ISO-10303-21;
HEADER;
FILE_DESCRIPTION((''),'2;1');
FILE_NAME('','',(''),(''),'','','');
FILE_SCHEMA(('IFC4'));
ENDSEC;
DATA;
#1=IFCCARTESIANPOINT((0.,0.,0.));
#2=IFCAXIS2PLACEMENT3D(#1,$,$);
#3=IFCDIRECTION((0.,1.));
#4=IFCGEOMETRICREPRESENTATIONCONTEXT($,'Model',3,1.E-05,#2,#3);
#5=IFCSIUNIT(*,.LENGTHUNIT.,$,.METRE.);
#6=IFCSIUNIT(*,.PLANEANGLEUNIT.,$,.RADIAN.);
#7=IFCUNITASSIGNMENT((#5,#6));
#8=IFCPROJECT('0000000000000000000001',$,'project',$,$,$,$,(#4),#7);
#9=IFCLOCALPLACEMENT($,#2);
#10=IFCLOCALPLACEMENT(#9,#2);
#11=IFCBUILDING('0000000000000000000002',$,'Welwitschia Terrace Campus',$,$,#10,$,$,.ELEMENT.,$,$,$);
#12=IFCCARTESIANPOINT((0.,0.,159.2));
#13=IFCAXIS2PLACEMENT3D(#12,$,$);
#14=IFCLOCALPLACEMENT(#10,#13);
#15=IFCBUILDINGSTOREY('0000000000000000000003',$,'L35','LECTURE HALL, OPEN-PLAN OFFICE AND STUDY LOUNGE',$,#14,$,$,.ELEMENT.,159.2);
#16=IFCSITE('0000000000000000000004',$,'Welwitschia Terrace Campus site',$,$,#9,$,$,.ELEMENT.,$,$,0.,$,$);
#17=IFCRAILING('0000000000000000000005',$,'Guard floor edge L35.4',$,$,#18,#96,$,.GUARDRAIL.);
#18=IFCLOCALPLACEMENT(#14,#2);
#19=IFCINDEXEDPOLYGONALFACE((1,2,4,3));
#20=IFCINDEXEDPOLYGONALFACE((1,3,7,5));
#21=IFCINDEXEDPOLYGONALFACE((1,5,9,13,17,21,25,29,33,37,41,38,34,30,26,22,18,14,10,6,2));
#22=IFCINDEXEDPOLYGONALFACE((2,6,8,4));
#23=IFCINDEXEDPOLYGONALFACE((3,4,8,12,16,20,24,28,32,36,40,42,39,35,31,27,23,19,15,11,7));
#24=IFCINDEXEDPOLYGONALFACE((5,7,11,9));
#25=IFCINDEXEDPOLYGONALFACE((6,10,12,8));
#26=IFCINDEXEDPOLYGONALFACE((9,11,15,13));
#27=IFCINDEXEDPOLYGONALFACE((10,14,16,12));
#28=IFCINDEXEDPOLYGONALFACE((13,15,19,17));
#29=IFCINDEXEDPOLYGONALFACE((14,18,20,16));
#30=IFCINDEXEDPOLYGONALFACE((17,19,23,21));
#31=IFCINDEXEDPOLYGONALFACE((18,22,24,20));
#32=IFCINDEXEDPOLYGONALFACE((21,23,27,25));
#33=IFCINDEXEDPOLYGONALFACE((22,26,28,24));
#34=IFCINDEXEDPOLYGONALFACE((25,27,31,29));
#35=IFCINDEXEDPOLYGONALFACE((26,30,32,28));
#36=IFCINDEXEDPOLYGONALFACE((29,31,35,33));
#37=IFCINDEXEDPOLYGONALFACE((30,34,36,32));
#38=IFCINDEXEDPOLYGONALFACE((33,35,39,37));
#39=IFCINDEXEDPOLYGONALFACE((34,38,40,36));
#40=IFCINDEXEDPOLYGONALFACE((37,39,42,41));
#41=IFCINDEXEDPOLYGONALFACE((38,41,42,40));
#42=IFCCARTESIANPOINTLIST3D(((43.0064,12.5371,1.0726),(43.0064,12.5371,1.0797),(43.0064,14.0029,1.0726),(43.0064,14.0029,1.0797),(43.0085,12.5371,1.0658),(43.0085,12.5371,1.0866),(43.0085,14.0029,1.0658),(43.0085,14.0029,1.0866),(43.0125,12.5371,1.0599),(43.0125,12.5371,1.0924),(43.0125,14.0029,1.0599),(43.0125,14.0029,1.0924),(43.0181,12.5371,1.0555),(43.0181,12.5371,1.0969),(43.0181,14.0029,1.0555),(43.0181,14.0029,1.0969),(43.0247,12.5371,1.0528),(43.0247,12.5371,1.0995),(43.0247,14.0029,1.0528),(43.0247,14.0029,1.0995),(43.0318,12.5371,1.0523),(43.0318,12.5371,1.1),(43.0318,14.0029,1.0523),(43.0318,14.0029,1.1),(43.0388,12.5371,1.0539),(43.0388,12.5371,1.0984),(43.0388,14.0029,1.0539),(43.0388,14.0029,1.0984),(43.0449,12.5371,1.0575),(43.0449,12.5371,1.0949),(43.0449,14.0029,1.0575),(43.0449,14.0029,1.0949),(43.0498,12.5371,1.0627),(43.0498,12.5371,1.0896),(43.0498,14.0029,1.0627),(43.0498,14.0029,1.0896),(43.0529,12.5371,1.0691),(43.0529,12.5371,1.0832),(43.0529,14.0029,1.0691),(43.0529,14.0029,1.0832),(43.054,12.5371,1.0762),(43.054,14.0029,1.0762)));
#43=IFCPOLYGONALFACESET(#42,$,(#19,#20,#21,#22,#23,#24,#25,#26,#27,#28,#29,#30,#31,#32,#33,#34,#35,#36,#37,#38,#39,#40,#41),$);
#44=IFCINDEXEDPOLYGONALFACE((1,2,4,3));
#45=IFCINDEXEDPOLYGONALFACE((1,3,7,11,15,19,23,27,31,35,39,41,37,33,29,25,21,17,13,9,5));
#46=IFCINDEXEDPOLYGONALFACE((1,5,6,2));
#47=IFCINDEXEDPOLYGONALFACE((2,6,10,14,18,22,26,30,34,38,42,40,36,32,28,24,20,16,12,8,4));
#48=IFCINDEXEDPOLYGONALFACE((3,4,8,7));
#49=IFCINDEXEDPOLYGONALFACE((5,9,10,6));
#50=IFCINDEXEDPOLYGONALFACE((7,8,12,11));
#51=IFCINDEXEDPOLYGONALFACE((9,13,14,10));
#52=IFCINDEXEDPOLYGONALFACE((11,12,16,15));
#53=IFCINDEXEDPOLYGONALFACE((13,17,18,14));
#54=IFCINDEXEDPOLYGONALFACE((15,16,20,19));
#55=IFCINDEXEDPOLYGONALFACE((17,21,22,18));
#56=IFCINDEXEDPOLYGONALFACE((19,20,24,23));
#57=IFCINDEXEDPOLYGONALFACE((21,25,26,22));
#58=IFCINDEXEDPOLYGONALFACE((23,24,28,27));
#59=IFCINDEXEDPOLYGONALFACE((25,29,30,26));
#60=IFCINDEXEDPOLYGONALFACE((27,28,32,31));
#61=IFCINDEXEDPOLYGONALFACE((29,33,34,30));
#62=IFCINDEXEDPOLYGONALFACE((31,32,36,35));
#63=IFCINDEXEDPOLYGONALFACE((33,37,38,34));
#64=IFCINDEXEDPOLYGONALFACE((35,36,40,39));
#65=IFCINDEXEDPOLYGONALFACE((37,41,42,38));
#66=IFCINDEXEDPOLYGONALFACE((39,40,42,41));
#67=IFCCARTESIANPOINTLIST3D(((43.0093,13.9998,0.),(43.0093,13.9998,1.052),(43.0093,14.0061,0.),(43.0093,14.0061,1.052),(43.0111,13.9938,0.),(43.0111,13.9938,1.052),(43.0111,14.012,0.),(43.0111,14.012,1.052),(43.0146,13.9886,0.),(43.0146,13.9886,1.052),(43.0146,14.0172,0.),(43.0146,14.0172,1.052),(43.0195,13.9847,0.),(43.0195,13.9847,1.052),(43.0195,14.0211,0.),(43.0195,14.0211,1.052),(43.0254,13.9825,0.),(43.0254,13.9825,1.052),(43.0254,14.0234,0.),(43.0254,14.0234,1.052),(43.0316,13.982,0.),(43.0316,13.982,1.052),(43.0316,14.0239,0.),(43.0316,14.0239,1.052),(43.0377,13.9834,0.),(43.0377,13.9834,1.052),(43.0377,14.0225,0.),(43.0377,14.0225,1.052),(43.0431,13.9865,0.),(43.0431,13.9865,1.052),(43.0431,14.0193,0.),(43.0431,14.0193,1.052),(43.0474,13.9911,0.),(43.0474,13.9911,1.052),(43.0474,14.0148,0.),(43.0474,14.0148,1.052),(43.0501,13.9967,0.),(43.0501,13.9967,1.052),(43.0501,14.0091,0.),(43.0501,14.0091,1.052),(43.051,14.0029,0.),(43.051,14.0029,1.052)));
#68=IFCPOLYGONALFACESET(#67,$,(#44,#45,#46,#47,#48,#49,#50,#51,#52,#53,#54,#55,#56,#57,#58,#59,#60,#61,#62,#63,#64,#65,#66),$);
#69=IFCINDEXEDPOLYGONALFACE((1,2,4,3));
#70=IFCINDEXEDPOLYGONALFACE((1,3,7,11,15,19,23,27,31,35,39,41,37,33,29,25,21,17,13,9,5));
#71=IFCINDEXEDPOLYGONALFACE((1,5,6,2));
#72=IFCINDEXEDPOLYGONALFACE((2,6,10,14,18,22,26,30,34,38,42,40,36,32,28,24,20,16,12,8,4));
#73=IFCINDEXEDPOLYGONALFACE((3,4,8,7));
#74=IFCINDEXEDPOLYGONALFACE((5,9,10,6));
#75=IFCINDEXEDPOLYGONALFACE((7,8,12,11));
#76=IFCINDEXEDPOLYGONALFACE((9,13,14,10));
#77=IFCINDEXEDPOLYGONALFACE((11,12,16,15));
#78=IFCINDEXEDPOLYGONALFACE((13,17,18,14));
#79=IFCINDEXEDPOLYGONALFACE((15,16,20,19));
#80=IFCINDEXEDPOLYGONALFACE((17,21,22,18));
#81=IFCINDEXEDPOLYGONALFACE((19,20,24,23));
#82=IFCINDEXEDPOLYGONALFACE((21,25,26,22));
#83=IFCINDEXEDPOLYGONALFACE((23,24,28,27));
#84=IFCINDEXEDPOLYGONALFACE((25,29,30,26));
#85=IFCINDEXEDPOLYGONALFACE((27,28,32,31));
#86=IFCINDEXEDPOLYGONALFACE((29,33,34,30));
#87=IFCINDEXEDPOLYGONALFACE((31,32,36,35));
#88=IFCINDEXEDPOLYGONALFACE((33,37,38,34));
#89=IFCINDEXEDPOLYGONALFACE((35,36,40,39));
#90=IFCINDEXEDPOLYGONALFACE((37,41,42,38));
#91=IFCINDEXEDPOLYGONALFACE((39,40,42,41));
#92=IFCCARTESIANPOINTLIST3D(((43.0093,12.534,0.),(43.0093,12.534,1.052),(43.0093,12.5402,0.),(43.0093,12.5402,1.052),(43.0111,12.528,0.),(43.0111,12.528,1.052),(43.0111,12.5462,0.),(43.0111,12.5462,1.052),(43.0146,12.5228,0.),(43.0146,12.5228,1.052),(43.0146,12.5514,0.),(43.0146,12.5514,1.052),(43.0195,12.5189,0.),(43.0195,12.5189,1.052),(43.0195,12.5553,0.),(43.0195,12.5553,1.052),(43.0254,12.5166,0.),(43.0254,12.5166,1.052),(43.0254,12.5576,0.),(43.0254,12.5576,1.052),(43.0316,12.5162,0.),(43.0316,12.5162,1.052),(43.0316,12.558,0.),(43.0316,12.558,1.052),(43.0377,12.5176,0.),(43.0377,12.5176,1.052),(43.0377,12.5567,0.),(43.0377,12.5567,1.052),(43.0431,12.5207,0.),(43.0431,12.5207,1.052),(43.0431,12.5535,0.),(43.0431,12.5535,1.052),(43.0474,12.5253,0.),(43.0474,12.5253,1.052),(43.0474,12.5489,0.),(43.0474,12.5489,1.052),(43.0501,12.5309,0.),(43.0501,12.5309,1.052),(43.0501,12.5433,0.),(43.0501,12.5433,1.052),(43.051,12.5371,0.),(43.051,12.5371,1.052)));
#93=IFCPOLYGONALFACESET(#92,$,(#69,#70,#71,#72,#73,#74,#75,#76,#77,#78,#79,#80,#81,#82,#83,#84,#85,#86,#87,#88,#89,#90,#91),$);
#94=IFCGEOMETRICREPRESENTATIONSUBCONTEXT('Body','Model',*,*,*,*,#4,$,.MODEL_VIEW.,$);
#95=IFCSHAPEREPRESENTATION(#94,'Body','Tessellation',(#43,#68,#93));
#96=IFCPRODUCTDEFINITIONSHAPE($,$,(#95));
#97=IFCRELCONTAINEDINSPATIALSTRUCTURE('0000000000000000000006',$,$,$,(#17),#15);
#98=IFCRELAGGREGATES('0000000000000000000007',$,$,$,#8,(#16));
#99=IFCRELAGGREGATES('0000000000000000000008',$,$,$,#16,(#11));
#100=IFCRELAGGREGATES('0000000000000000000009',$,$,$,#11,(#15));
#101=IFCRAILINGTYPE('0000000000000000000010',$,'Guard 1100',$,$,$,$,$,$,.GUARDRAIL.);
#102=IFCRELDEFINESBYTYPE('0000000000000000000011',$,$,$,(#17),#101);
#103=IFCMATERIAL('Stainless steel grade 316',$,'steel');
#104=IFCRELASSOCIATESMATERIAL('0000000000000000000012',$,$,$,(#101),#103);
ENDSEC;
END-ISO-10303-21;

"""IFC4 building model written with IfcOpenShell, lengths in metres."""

from ifc_helpers import new_model, si_unit, direction, frame, origin, origin_2d, place, context, subcontext, project, spatial, circle, extrude, material, type_object, element, save


model = new_model("IFC4")

# Units and contexts
model_context = context("Model", 3, precision=1e-05, world=origin(), true_north=direction((0.0, 1.0)))
body_context = subcontext(model_context, "Body", "Model", "MODEL_VIEW")
ifc_project = project(units=[si_unit("LENGTHUNIT", "METRE"), si_unit("PLANEANGLEUNIT", "RADIAN")], contexts=[model_context])

# Site, building, storey
site_placement = place(None, origin())
site = spatial("IfcSite", under=ifc_project, at=site_placement, Name="Welwitschia Terrace Campus site", CompositionType="ELEMENT", RefElevation=0.0)
building_placement = place(site_placement, origin())
building = spatial("IfcBuilding", under=site, at=building_placement, Name="Welwitschia Terrace Campus", CompositionType="ELEMENT")
storey_placement = place(building_placement, frame((0.0, 0.0, 159.2)))
storey = spatial("IfcBuildingStorey", under=building, at=storey_placement, Name="L35", Description="LECTURE HALL, OPEN-PLAN OFFICE AND STUDY LOUNGE", CompositionType="ELEMENT", Elevation=159.2)

# Railing
ifc_material_1 = material(Name="Stainless steel grade 316", Category="steel")
railing_type = type_object("IfcRailingType", Name="Guard 1100", PredefinedType="GUARDRAIL", material=ifc_material_1)
railing_1_placement = place(storey_placement, frame((43.03, 14.0029, 0.0)))
element("IfcRailing", 1, at=railing_1_placement, inside=storey, type_object=railing_type, Name="Guard floor edge L35.4", PredefinedType="GUARDRAIL", context=body_context, shape_type="SweptSolid", body=[
    extrude(circle(Radius=0.0239, at=origin_2d()), frame((0.0, 0.0, 1.0762), z_axis=(0.0, -1.0, 0.0), x_axis=(1.0, 0.0, 0.0)), (0.0, 0.0, 1.0), 1.4658),
    extrude(circle(Radius=0.021, at=origin_2d()), origin(), (0.0, 0.0, 1.0), 1.052),
    extrude(circle(Radius=0.021, at=origin_2d()), frame((0.0, -1.4658, 0.0)), (0.0, 0.0, 1.0), 1.052),
])

save(model, "model.ifc")
